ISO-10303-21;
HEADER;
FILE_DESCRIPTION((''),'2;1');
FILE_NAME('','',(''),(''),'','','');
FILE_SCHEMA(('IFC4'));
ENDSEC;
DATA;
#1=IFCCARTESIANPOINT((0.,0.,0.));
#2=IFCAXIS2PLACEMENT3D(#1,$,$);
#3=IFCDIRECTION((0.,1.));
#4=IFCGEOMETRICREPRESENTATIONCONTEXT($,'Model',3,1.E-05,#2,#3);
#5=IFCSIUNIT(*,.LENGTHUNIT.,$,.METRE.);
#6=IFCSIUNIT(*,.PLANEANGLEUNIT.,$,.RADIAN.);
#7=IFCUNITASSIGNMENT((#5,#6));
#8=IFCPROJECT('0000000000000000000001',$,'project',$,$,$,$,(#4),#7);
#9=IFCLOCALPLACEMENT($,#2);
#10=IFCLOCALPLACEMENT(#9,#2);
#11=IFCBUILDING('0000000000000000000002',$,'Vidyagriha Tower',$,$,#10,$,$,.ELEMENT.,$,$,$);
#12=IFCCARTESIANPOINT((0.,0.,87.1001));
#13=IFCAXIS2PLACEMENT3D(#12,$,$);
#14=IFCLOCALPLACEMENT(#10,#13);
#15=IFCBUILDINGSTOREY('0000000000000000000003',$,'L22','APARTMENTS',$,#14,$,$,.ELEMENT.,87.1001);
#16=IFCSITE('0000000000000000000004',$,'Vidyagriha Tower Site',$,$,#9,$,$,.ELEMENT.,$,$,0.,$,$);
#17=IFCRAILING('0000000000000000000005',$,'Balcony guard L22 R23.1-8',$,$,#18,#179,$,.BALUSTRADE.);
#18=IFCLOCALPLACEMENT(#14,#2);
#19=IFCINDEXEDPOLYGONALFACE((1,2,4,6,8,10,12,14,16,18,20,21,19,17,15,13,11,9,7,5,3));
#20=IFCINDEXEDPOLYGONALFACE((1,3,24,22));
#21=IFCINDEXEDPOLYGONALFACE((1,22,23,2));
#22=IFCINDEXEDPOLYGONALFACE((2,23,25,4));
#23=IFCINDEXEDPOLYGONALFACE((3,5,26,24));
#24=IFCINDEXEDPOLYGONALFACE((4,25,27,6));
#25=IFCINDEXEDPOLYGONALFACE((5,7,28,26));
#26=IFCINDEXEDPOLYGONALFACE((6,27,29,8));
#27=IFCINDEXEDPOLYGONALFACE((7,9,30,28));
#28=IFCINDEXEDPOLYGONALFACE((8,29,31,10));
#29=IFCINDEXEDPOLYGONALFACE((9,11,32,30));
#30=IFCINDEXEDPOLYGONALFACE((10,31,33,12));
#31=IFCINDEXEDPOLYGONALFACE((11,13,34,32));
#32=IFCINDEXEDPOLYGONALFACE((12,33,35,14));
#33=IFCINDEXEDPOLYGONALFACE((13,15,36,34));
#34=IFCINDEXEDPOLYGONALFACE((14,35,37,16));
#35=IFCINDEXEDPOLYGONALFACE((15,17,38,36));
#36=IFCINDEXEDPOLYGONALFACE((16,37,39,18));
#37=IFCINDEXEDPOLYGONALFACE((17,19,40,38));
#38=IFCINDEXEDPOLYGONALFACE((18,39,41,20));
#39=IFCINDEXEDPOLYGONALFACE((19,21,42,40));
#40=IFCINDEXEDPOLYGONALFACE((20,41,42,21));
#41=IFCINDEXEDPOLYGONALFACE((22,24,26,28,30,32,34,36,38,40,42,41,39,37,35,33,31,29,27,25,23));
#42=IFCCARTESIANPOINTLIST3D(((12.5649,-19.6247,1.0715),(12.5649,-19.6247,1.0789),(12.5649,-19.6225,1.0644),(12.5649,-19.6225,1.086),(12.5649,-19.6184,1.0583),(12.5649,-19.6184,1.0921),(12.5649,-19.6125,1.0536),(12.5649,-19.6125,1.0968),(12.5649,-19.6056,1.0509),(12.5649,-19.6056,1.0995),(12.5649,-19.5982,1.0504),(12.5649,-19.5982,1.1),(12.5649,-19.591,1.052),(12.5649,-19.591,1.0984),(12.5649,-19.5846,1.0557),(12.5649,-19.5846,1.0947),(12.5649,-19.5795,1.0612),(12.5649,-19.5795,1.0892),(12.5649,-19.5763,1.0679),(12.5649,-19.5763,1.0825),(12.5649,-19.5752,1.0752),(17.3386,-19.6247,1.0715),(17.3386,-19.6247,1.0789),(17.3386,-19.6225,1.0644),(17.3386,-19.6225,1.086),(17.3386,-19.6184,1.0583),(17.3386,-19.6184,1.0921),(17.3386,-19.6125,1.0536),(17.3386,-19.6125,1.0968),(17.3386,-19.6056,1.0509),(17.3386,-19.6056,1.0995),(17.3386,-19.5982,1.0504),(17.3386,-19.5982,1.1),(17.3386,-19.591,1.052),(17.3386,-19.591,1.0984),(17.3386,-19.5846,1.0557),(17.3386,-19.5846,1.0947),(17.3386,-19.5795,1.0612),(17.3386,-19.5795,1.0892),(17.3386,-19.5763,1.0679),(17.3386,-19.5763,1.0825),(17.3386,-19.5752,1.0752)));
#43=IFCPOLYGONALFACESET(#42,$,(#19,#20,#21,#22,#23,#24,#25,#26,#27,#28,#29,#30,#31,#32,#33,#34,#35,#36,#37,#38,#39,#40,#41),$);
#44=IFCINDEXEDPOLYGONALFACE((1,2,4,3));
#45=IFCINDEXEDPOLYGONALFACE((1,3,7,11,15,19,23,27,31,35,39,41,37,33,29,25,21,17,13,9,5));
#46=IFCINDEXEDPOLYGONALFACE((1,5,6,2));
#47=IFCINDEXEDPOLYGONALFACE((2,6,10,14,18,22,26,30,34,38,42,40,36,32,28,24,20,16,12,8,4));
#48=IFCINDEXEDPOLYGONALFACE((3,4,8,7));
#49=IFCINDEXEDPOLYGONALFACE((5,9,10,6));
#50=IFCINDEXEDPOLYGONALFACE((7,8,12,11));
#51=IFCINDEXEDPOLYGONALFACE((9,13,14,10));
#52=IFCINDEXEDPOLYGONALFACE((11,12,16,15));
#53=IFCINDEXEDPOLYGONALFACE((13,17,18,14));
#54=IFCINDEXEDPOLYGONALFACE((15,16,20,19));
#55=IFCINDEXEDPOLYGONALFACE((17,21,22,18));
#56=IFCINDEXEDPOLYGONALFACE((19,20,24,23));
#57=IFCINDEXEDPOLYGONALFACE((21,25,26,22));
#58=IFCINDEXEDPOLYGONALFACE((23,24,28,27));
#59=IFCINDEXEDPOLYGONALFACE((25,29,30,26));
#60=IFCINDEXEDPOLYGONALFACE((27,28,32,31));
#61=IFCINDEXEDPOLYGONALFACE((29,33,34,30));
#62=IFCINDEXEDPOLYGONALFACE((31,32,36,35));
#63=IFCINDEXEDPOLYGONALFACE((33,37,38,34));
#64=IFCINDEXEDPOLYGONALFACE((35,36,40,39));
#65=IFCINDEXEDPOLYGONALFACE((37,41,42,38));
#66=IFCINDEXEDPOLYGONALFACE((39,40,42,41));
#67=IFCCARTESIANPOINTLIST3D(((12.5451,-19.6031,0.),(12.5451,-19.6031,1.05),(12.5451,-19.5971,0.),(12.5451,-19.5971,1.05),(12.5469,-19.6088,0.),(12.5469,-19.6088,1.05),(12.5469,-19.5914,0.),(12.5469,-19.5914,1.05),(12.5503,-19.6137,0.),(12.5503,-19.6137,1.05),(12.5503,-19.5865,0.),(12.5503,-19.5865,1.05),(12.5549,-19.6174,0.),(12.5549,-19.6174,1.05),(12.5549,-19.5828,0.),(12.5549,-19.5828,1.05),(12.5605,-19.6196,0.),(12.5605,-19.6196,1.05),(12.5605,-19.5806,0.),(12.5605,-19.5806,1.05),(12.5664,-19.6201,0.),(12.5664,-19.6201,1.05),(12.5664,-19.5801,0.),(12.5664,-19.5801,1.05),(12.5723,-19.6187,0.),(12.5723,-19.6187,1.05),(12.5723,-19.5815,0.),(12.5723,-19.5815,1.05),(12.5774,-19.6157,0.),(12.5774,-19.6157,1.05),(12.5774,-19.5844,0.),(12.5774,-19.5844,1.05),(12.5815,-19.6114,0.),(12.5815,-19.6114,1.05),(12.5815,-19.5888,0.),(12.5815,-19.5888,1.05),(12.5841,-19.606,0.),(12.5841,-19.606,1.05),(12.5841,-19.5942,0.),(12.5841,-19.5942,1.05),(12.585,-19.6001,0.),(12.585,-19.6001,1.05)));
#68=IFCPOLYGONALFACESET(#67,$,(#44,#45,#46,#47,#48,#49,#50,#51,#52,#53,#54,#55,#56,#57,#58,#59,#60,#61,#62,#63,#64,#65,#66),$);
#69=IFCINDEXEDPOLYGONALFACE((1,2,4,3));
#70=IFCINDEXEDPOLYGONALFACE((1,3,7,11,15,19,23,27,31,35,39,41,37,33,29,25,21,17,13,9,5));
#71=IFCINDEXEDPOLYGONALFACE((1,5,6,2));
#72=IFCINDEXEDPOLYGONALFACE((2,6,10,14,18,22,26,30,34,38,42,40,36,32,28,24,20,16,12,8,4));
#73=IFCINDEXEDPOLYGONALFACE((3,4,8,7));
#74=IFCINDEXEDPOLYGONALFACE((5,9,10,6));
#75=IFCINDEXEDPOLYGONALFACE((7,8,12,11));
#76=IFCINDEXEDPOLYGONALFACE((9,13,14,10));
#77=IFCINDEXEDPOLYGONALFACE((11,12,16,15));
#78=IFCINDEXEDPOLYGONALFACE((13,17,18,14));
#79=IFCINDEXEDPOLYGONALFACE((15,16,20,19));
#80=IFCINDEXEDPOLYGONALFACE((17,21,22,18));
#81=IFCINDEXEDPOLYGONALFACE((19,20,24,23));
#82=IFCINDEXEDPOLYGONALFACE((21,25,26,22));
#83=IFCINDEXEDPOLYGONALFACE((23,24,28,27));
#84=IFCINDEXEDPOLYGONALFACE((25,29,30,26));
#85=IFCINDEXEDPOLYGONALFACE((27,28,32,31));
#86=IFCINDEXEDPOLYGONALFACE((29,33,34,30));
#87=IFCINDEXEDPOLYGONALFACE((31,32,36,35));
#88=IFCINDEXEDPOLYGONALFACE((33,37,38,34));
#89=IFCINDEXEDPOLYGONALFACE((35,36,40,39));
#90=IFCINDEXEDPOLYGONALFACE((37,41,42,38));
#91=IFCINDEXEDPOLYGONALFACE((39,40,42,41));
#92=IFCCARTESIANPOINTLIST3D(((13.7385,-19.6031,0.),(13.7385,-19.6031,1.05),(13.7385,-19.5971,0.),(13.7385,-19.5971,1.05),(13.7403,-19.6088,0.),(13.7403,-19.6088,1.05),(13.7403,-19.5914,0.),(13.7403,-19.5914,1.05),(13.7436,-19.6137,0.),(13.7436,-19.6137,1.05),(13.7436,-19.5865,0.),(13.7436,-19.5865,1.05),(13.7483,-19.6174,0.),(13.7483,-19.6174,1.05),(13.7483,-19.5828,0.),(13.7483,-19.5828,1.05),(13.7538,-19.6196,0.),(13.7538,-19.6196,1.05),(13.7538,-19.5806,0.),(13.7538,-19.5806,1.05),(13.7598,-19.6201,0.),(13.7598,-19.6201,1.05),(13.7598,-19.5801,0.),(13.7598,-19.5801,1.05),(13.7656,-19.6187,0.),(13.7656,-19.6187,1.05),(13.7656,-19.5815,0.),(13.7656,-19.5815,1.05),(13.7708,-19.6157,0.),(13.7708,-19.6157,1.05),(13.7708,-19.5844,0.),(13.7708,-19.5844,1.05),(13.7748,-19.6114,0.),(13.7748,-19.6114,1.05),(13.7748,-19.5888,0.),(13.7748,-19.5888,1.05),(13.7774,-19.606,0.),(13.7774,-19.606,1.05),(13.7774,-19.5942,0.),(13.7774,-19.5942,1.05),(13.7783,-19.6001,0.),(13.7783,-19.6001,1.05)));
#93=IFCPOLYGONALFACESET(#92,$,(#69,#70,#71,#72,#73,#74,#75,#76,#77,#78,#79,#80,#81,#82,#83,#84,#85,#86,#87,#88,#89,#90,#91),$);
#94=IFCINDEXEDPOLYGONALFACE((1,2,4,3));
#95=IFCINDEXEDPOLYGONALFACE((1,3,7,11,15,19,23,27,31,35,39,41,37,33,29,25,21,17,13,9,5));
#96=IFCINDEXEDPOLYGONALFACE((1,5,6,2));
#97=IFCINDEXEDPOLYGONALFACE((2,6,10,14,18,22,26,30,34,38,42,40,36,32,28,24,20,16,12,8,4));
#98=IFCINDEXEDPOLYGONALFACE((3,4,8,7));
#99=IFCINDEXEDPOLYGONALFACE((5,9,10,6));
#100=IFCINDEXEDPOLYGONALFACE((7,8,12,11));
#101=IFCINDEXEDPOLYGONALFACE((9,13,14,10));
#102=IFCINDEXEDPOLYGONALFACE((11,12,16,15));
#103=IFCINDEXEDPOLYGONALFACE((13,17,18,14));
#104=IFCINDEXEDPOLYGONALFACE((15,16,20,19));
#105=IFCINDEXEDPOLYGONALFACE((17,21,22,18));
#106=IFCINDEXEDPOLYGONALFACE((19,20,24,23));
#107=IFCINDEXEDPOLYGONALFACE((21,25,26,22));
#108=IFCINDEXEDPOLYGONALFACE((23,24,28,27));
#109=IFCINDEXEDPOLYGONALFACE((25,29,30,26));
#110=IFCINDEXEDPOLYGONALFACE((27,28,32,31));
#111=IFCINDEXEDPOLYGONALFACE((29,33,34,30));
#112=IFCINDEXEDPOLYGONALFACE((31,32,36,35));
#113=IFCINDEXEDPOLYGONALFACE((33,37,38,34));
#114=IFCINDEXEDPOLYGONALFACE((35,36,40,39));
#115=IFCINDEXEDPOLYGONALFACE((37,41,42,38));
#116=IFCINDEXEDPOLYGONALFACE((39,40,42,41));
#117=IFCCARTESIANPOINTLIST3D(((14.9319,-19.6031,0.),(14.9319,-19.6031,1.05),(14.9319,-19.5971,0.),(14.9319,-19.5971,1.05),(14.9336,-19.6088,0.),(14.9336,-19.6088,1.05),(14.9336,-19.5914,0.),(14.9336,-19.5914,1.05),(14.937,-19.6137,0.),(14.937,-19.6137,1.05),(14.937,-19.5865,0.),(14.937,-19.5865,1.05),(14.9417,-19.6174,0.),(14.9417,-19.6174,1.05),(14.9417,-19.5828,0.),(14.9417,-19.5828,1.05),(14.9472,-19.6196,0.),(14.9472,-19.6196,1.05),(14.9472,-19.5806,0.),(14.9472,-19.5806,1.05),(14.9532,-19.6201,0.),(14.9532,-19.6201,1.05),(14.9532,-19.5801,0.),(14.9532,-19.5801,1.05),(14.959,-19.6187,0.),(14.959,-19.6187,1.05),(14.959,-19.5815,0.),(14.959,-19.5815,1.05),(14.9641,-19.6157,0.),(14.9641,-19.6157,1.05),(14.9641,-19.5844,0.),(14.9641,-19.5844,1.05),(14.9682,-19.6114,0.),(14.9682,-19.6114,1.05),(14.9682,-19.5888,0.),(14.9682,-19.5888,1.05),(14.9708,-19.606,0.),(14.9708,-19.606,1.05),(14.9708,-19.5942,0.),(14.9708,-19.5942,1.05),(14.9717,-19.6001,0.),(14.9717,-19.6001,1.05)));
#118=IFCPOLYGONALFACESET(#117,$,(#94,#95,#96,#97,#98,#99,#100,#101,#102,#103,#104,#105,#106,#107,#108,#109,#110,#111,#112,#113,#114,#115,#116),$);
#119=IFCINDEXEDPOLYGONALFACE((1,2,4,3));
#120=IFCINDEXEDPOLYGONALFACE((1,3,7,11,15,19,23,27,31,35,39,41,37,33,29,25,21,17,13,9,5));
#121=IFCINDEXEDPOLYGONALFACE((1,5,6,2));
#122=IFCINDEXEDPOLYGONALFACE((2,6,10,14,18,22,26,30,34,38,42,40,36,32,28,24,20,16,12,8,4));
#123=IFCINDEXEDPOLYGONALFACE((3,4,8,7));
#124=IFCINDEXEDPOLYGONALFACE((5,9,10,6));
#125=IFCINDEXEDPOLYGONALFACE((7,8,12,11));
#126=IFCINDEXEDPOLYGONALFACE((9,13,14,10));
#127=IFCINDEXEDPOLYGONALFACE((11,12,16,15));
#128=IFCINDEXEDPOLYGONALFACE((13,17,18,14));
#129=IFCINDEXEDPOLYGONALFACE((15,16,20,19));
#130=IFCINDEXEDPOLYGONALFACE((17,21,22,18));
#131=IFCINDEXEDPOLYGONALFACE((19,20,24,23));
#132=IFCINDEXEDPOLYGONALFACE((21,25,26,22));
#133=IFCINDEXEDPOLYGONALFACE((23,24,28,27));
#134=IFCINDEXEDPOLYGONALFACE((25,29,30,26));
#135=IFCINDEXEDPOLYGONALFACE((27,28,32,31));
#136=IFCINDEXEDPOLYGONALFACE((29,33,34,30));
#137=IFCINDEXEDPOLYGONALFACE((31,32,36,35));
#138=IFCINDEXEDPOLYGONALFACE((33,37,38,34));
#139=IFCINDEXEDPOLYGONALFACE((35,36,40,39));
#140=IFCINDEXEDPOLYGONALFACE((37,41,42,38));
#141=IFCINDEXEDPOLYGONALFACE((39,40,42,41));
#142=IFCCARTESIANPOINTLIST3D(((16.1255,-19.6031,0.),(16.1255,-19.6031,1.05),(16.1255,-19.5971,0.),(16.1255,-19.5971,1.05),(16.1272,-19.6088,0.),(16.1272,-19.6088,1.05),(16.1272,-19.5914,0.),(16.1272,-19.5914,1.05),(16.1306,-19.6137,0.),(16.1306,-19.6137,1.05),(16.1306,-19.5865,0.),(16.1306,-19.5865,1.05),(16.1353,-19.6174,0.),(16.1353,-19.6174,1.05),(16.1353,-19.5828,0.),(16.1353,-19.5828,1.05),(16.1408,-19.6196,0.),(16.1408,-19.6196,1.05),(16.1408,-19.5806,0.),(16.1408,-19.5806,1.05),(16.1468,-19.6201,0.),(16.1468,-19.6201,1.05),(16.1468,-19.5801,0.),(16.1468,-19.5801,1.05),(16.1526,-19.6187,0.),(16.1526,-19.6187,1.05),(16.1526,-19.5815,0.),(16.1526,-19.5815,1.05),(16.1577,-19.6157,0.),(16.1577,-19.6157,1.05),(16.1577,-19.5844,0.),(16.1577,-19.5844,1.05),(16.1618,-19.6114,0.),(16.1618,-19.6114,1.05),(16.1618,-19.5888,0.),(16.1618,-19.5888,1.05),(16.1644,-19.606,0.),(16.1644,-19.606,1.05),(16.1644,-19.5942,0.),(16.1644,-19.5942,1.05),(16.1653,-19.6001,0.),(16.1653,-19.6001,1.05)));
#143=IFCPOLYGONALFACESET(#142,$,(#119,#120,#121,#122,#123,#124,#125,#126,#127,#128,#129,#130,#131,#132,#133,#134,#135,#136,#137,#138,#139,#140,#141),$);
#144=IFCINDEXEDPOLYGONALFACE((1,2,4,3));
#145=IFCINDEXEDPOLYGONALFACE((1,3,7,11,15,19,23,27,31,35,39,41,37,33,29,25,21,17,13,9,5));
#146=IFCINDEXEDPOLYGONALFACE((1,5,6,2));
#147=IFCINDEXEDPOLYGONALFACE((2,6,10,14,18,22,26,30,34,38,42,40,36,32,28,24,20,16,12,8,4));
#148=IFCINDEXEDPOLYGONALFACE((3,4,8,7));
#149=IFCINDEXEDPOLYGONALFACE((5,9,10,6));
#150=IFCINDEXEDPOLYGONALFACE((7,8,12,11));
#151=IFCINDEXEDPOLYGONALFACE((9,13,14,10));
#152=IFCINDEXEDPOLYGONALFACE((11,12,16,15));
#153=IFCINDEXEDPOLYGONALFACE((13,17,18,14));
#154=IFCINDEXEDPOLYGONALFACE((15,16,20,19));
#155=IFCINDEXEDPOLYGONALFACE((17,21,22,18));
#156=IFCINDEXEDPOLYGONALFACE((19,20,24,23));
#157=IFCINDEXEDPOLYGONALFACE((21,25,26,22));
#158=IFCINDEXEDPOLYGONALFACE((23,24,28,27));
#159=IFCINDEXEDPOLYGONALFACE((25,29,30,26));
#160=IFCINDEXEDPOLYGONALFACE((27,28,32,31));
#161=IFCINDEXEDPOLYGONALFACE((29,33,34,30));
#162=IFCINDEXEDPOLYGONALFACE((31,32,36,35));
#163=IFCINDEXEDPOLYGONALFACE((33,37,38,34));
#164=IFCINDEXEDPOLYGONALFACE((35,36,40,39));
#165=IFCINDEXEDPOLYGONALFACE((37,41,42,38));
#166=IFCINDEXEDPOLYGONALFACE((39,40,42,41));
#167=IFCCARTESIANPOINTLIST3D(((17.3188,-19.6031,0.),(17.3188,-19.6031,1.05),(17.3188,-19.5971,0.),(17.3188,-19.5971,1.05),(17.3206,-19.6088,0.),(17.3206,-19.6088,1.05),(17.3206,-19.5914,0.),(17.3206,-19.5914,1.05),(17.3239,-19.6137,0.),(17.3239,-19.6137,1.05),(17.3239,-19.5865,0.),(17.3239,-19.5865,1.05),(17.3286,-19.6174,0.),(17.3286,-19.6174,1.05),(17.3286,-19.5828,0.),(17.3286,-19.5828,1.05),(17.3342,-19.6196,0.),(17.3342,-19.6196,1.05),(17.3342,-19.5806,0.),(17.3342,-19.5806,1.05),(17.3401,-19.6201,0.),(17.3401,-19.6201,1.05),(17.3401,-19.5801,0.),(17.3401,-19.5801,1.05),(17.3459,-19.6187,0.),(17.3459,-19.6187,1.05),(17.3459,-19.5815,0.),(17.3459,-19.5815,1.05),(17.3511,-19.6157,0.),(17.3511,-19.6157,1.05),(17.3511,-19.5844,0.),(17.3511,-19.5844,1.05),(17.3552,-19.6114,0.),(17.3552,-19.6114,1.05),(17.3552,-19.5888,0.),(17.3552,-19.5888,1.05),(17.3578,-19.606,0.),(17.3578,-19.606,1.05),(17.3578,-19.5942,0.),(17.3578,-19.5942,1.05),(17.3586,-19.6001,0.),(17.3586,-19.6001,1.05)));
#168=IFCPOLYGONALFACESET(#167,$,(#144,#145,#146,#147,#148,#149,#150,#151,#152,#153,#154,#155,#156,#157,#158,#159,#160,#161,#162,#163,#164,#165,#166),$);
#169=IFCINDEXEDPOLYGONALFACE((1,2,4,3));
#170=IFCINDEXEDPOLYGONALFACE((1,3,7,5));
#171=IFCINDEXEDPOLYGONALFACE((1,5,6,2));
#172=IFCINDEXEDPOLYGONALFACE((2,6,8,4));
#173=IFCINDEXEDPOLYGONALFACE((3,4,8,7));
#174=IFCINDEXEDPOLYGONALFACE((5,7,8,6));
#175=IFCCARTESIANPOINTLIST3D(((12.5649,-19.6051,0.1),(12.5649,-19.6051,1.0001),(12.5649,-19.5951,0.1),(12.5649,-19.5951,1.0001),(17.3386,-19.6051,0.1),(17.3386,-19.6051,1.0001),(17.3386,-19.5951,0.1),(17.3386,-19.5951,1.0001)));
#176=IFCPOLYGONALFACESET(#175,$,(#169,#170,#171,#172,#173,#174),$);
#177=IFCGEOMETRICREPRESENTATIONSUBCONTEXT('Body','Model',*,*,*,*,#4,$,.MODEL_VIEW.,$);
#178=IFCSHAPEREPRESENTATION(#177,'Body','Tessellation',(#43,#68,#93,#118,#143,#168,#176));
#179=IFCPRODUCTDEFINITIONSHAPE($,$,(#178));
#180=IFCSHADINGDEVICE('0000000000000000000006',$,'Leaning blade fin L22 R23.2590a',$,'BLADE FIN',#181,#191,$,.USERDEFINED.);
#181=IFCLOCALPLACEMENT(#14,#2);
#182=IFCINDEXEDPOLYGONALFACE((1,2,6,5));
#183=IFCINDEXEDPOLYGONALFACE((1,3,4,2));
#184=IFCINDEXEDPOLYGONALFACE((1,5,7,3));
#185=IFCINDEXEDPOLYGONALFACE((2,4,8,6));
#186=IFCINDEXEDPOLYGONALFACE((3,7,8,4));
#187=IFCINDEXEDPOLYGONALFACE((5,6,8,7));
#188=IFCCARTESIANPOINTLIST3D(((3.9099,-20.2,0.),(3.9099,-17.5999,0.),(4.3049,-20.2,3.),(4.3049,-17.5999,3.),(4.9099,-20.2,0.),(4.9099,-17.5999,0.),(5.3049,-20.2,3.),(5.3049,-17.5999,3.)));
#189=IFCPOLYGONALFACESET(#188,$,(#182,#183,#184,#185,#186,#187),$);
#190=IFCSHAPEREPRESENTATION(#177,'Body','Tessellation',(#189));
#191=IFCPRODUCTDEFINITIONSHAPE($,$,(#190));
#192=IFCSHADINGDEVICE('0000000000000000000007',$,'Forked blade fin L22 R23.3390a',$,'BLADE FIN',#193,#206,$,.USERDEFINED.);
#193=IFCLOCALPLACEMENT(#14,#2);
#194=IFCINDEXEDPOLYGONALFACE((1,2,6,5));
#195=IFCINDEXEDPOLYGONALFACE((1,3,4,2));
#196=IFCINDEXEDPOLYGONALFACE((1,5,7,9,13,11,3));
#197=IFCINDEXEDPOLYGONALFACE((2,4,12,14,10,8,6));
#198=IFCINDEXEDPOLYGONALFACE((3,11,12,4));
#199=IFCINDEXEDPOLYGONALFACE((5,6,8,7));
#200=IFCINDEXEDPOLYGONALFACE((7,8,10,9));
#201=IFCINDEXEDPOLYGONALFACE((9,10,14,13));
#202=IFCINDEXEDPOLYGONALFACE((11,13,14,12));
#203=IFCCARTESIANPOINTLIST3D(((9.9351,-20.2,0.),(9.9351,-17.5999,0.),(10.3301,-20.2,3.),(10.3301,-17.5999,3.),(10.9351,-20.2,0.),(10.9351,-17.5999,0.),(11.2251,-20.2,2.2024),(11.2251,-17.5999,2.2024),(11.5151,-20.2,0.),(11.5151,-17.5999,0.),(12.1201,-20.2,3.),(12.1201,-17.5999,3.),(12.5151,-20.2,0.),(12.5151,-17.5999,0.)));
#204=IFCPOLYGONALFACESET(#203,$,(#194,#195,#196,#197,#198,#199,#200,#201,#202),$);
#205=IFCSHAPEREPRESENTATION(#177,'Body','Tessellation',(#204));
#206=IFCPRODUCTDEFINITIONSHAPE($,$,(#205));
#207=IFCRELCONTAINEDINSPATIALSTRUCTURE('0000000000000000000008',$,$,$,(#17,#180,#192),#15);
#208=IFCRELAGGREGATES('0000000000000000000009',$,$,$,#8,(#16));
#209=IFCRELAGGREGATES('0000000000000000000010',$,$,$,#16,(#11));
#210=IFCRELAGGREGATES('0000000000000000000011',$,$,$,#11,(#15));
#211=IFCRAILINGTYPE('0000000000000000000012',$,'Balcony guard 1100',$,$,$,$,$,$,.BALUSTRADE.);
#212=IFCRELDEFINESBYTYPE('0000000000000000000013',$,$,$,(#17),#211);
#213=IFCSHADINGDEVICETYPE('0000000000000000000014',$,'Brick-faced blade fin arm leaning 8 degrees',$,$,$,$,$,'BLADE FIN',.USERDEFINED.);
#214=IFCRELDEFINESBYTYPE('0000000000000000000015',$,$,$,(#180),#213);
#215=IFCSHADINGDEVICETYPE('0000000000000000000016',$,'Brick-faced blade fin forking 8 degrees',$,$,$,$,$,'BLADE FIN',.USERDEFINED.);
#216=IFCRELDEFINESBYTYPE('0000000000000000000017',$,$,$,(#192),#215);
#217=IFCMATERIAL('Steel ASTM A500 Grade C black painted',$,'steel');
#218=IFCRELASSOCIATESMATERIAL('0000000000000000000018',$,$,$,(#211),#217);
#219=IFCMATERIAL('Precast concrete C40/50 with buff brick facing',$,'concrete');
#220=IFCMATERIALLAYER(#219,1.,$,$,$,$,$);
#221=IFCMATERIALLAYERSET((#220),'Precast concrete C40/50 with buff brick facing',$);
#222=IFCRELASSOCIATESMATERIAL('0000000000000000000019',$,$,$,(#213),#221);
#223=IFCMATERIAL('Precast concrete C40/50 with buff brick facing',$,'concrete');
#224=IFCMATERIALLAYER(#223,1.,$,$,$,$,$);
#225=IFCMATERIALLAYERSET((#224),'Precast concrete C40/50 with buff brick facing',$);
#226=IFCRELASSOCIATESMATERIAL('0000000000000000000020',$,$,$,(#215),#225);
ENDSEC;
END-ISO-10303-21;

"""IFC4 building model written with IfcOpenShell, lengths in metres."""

from ifc_helpers import new_model, si_unit, direction, frame, origin, origin_2d, place, context, subcontext, project, spatial, polyline, rectangle, circle, outline, extrude, material, layer, layer_set, type_object, element, save


model = new_model("IFC4")

# Units and contexts
model_context = context("Model", 3, precision=1e-05, world=origin(), true_north=direction((0.0, 1.0)))
body_context = subcontext(model_context, "Body", "Model", "MODEL_VIEW")
ifc_project = project(units=[si_unit("LENGTHUNIT", "METRE"), si_unit("PLANEANGLEUNIT", "RADIAN")], contexts=[model_context])

# Site, building, storey
site_placement = place(None, origin())
site = spatial("IfcSite", under=ifc_project, at=site_placement, Name="Vidyagriha Tower Site", CompositionType="ELEMENT", RefElevation=0.0)
building_placement = place(site_placement, origin())
building = spatial("IfcBuilding", under=site, at=building_placement, Name="Vidyagriha Tower", CompositionType="ELEMENT")
storey_placement = place(building_placement, frame((0.0, 0.0, 87.1001)))
storey = spatial("IfcBuildingStorey", under=building, at=storey_placement, Name="L22", Description="APARTMENTS", CompositionType="ELEMENT", Elevation=87.1001)

# Railing
ifc_material_1 = material(Name="Steel ASTM A500 Grade C black painted", Category="steel")
railing_type = type_object("IfcRailingType", Name="Balcony guard 1100", PredefinedType="BALUSTRADE", material=ifc_material_1)
for number, where, name in (
    (1, (12.5649, -19.6001, 0.0), "Balcony guard L22 R23.1-8"),
):
    element("IfcRailing", number, at=place(storey_placement, frame(where)), inside=storey, type_object=railing_type, Name=name, PredefinedType="BALUSTRADE", context=body_context, shape_type="SweptSolid", body=[
        extrude(circle(Radius=0.0249, at=origin_2d()), frame((0.0, 0.0, 1.0752), z_axis=(1.0, 0.0, 0.0), x_axis=(0.0, 1.0, 0.0)), (0.0, 0.0, 1.0), 4.7737),
        extrude(circle(Radius=0.02, at=origin_2d()), origin(), (0.0, 0.0, 1.0), 1.05),
        extrude(circle(Radius=0.02, at=origin_2d()), frame((1.1934, 0.0, 0.0)), (0.0, 0.0, 1.0), 1.05),
        extrude(circle(Radius=0.02, at=origin_2d()), frame((2.3867, 0.0, 0.0)), (0.0, 0.0, 1.0), 1.05),
        extrude(circle(Radius=0.02, at=origin_2d()), frame((3.5803, 0.0, 0.0)), (0.0, 0.0, 1.0), 1.05),
        extrude(circle(Radius=0.02, at=origin_2d()), frame((4.7737, 0.0, 0.0)), (0.0, 0.0, 1.0), 1.05),
        extrude(rectangle(XDim=0.01, YDim=0.9001, at=origin_2d()), frame((0.0, 0.0, 0.55), z_axis=(1.0, 0.0, 0.0), x_axis=(0.0, 1.0, 0.0)), (0.0, 0.0, 1.0), 4.7737),
    ])

# Shading devices
ifc_material_2 = material(Name="Precast concrete C40/50 with buff brick facing", Category="concrete")
ifc_layer_1 = layer(ifc_material_2, 1.0)
ifc_layer_set_1 = layer_set([ifc_layer_1], Name="Precast concrete C40/50 with buff brick facing")
shading_device_type_1 = type_object("IfcShadingDeviceType", Name="Brick-faced blade fin arm leaning 8 degrees", ElementType="BLADE FIN", PredefinedType="USERDEFINED", material=ifc_layer_set_1)
shading_device_1_placement = place(storey_placement, frame((3.9099, -18.8999, 0.0)))
element("IfcShadingDevice", 2, at=shading_device_1_placement, inside=storey, type_object=shading_device_type_1, Name="Leaning blade fin L22 R23.2590a", ObjectType="BLADE FIN", PredefinedType="USERDEFINED", context=body_context, shape_type="SweptSolid", body=[
    extrude(outline(polyline([(0.0, 0.0), (1.0, 0.0), (1.395, 3.0), (0.395, 3.0), (0.0, 0.0)])), frame((0.0, 1.3, 0.0), z_axis=(0.0, -1.0, 0.0), x_axis=(1.0, 0.0, 0.0)), (0.0, 0.0, 1.0), 2.6001),
])
ifc_material_3 = material(Name="Precast concrete C40/50 with buff brick facing", Category="concrete")
ifc_layer_2 = layer(ifc_material_3, 1.0)
ifc_layer_set_2 = layer_set([ifc_layer_2], Name="Precast concrete C40/50 with buff brick facing")
shading_device_type_2 = type_object("IfcShadingDeviceType", Name="Brick-faced blade fin forking 8 degrees", ElementType="BLADE FIN", PredefinedType="USERDEFINED", material=ifc_layer_set_2)
shading_device_2_placement = place(storey_placement, frame((9.9351, -18.8999, 0.0)))
element("IfcShadingDevice", 3, at=shading_device_2_placement, inside=storey, type_object=shading_device_type_2, Name="Forked blade fin L22 R23.3390a", ObjectType="BLADE FIN", PredefinedType="USERDEFINED", context=body_context, shape_type="SweptSolid", body=[
    extrude(outline(polyline([(1.0, 0.0), (1.29, 2.2024), (1.5801, 0.0), (2.5801, 0.0), (2.1851, 3.0), (0.395, 3.0), (0.0, 0.0), (1.0, 0.0)])), frame((0.0, 1.3, 0.0), z_axis=(0.0, -1.0, 0.0), x_axis=(1.0, 0.0, 0.0)), (0.0, 0.0, 1.0), 2.6001),
])

save(model, "model.ifc")
